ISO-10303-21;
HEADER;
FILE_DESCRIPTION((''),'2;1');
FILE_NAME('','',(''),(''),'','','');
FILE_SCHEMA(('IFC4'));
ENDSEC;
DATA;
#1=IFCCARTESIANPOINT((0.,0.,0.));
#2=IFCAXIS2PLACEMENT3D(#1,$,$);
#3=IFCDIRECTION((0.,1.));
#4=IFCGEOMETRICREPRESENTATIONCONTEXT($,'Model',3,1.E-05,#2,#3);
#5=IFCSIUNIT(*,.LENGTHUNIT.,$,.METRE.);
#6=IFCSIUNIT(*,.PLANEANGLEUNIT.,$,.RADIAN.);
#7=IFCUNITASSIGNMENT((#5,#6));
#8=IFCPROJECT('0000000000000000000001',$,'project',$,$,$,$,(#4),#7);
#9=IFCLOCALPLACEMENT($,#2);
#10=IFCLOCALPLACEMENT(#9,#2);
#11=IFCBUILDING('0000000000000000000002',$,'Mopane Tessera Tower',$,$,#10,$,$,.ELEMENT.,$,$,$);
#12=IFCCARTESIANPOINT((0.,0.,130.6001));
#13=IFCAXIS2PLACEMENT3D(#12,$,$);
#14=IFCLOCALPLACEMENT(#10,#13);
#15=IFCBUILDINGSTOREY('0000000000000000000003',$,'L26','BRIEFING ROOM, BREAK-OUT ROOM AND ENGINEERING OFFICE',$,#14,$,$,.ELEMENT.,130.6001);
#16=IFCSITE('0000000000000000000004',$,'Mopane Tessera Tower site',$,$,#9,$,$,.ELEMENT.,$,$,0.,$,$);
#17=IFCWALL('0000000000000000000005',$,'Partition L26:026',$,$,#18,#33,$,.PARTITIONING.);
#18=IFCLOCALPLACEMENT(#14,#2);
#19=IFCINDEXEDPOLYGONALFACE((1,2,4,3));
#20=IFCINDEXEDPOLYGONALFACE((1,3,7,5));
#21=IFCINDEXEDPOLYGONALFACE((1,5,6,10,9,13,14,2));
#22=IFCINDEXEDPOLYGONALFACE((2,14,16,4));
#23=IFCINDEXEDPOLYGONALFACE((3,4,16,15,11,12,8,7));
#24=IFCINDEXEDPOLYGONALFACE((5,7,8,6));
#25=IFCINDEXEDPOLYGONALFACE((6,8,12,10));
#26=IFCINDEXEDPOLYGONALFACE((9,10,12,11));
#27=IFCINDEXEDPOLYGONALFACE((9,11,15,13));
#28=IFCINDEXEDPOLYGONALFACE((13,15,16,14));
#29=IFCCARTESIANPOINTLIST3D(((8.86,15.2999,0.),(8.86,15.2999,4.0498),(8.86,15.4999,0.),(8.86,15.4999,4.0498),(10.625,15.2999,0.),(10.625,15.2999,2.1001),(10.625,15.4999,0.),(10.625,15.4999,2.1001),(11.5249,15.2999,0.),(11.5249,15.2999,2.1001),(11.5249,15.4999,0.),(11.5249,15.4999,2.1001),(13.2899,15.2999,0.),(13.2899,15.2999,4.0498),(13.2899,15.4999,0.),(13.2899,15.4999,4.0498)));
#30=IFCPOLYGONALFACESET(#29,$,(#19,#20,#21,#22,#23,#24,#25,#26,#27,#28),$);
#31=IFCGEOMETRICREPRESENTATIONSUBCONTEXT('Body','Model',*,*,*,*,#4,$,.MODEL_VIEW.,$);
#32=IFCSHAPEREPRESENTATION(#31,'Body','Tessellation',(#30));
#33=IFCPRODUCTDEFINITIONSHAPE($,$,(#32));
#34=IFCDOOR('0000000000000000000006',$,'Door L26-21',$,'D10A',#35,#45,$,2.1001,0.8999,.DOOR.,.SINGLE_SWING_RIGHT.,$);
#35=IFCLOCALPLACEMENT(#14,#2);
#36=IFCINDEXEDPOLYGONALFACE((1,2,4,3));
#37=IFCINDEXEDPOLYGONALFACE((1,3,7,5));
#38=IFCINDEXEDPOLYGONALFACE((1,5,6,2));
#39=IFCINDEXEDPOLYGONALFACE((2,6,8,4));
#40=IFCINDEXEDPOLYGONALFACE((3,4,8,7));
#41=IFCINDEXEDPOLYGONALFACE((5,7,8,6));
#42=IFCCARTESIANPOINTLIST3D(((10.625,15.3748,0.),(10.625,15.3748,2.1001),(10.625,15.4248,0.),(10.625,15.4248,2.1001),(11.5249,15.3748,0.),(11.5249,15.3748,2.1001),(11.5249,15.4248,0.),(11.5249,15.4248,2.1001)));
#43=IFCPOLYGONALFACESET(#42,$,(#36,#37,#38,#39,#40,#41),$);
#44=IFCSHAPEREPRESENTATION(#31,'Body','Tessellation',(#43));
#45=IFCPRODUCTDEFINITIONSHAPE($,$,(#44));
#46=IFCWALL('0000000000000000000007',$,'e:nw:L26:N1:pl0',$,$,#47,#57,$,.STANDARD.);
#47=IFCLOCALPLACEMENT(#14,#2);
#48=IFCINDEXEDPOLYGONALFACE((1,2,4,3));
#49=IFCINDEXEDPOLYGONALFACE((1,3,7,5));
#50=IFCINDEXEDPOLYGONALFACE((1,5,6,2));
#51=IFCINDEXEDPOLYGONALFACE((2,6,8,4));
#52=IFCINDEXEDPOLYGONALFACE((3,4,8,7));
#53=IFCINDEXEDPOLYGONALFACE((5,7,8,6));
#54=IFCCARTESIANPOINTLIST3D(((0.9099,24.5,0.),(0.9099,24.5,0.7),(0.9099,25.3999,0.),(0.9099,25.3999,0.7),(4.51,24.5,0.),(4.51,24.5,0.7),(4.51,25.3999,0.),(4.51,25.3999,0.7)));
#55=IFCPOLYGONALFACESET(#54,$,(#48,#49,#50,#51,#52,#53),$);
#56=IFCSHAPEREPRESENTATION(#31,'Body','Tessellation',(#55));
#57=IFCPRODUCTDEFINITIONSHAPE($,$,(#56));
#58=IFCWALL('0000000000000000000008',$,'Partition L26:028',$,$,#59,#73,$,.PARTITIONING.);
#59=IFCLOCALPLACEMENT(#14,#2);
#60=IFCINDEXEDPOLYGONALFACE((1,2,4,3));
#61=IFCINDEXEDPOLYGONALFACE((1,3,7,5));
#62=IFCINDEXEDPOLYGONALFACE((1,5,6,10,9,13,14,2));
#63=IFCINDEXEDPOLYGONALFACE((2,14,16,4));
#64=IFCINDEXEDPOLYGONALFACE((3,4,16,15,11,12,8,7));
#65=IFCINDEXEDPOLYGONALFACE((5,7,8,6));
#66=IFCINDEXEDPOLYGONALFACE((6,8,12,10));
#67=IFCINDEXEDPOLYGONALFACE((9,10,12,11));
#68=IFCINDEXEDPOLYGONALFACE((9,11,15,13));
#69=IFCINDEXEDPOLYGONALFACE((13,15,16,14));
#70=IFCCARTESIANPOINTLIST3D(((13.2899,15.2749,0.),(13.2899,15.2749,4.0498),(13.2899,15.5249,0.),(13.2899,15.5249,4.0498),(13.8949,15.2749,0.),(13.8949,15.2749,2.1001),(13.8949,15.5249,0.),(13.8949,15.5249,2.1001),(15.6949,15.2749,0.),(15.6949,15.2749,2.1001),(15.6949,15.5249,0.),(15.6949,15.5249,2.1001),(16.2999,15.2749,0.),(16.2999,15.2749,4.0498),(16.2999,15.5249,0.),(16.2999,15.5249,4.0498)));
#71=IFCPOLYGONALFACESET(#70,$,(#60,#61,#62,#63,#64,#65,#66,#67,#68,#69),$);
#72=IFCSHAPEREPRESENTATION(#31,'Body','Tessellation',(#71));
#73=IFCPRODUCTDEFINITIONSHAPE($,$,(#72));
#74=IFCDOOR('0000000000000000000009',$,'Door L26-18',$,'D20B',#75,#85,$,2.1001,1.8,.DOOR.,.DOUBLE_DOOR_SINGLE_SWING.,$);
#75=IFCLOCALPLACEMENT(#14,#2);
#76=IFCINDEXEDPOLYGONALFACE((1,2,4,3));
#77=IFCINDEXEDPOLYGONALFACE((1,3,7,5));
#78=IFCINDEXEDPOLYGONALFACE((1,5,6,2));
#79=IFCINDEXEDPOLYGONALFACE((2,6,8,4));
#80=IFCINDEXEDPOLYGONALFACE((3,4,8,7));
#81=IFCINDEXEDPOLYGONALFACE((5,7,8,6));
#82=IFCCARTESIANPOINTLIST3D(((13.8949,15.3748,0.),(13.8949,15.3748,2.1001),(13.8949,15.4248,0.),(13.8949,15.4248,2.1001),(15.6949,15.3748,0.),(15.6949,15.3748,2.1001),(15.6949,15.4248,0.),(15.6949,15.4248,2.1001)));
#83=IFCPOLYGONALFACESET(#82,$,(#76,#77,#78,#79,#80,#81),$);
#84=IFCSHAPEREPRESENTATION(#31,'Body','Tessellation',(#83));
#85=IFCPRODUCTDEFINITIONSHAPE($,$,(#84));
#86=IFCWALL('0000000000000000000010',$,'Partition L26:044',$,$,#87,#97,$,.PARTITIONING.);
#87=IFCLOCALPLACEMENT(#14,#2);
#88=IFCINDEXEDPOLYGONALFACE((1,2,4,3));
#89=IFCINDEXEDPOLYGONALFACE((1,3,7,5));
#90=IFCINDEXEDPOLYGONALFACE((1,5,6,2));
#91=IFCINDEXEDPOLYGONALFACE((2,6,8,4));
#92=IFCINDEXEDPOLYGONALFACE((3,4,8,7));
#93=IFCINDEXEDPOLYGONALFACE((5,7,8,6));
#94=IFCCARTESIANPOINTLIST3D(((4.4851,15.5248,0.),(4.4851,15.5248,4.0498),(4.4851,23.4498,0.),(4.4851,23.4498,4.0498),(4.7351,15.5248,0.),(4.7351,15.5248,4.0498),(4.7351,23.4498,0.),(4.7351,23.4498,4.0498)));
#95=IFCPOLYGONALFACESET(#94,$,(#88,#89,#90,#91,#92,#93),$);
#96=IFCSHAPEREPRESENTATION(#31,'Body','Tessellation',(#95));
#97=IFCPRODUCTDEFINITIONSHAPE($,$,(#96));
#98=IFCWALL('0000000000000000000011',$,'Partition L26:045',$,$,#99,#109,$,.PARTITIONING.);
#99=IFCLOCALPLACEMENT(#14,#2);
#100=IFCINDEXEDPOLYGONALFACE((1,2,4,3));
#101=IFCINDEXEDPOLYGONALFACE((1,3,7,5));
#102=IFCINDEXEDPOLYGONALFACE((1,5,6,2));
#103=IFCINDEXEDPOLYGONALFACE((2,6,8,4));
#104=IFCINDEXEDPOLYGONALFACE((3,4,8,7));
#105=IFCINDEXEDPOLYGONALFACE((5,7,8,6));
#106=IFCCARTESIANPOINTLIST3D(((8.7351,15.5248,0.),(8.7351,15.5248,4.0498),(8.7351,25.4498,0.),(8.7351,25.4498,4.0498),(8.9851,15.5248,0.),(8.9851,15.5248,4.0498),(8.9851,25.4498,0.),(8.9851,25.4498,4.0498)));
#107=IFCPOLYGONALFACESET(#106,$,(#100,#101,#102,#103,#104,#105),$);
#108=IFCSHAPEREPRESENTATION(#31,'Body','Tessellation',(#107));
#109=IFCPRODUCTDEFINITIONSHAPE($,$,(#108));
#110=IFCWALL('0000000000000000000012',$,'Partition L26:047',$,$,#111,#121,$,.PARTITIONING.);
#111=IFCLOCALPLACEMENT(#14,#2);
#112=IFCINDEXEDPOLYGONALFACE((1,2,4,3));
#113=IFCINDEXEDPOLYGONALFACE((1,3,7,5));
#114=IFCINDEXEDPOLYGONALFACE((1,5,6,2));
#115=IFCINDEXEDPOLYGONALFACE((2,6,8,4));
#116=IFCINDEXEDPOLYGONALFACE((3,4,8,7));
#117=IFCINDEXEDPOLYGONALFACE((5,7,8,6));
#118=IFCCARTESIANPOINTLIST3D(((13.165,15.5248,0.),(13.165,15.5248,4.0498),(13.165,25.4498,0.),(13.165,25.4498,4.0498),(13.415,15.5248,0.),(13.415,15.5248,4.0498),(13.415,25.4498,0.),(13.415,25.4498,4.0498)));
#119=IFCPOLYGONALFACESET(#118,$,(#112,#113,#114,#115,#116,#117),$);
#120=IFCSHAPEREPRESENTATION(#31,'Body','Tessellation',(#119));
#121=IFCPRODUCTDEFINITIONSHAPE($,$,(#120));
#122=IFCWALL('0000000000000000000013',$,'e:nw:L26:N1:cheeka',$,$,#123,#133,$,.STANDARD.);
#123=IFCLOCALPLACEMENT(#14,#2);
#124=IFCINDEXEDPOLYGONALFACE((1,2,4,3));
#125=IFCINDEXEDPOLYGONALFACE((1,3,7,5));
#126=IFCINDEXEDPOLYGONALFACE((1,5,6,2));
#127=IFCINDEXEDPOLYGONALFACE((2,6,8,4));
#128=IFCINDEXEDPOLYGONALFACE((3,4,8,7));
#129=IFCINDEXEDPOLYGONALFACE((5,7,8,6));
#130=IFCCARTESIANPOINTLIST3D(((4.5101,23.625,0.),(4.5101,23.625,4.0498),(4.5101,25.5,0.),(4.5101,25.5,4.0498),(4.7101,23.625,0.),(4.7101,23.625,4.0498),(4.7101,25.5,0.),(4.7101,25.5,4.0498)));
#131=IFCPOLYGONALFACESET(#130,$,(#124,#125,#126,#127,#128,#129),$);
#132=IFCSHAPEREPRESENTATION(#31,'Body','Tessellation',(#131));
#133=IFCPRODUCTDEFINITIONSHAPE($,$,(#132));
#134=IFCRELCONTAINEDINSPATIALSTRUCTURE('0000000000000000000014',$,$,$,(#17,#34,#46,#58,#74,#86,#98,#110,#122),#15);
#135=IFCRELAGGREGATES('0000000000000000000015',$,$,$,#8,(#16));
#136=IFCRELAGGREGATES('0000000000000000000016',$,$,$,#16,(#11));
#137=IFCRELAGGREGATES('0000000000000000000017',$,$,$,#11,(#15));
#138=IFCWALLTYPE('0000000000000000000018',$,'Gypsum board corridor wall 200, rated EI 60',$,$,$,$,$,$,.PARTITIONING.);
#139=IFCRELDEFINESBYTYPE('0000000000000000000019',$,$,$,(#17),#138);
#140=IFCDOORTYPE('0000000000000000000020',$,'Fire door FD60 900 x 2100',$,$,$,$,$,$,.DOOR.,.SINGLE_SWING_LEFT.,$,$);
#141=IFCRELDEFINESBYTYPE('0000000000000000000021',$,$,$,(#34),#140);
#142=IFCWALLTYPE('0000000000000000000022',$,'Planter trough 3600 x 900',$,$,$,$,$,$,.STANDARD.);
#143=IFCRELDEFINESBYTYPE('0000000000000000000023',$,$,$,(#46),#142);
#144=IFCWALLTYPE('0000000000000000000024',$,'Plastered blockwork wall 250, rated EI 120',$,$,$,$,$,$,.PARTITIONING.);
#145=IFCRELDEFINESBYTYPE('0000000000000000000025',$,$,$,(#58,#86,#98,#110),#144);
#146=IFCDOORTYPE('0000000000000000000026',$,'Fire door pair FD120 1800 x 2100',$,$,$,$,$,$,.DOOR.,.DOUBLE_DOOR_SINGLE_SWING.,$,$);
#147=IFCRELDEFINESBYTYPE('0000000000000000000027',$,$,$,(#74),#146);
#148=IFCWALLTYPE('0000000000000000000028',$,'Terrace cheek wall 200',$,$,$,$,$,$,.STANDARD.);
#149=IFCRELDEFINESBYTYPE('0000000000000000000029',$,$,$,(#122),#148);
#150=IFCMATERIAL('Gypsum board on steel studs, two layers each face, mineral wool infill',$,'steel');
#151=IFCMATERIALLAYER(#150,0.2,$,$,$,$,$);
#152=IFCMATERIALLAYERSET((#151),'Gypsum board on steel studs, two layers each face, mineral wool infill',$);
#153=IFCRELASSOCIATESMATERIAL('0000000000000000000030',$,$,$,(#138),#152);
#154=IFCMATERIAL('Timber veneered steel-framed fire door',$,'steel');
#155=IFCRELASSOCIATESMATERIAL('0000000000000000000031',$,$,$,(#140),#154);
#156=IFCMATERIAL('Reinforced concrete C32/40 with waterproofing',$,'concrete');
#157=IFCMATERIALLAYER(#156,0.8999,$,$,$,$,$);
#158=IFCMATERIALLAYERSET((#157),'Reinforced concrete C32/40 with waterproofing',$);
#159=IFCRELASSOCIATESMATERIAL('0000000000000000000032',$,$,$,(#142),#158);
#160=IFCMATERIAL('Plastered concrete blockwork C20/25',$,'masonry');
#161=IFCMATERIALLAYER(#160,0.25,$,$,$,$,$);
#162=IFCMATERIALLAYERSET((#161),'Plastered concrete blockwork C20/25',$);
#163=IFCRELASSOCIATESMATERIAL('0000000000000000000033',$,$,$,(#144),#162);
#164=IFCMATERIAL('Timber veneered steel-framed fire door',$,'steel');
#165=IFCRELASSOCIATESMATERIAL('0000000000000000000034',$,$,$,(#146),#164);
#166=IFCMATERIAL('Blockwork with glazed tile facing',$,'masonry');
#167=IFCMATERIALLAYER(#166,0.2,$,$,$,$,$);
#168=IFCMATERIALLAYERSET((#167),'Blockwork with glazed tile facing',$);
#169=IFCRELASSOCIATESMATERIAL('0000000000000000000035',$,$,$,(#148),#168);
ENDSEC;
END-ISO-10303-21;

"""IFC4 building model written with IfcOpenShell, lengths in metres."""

from ifc_helpers import new_model, si_unit, direction, frame, frame_2d, origin, place, context, subcontext, project, spatial, rectangle, extrude, material, layer, layer_set, type_object, element, fill, save


model = new_model("IFC4")

# Units and contexts
model_context = context("Model", 3, precision=1e-05, world=origin(), true_north=direction((0.0, 1.0)))
body_context = subcontext(model_context, "Body", "Model", "MODEL_VIEW")
ifc_project = project(units=[si_unit("LENGTHUNIT", "METRE"), si_unit("PLANEANGLEUNIT", "RADIAN")], contexts=[model_context])

# Site, building, storey
site_placement = place(None, origin())
site = spatial("IfcSite", under=ifc_project, at=site_placement, Name="Mopane Tessera Tower site", CompositionType="ELEMENT", RefElevation=0.0)
building_placement = place(site_placement, origin())
building = spatial("IfcBuilding", under=site, at=building_placement, Name="Mopane Tessera Tower", CompositionType="ELEMENT")
storey_placement = place(building_placement, frame((0.0, 0.0, 130.6001)))
storey = spatial("IfcBuildingStorey", under=building, at=storey_placement, Name="L26", Description="BRIEFING ROOM, BREAK-OUT ROOM AND ENGINEERING OFFICE", CompositionType="ELEMENT", Elevation=130.6001)

# Wall, opening, door
ifc_material_1 = material(Name="Gypsum board on steel studs, two layers each face, mineral wool infill", Category="steel")
ifc_layer_1 = layer(ifc_material_1, 0.2)
ifc_layer_set_1 = layer_set([ifc_layer_1], Name="Gypsum board on steel studs, two layers each face, mineral wool infill")
wall_type_1 = type_object("IfcWallType", Name="Gypsum board corridor wall 200, rated EI 60", PredefinedType="PARTITIONING", material=ifc_layer_set_1)
wall_1_placement = place(storey_placement, frame((8.8601, 15.3999, 0.0), z_axis=(0.0, 0.0, 1.0), x_axis=(1.0, 0.0, 0.0)))
wall_1 = element("IfcWall", 1, at=wall_1_placement, inside=storey, type_object=wall_type_1, Name="Partition L26:026", PredefinedType="PARTITIONING", context=body_context, shape_type="SweptSolid", body=[
    extrude(rectangle(XDim=4.4299, YDim=0.2, at=frame_2d((2.2148, 0.0))), origin(), (0.0, 0.0, 1.0), 4.0498),
])
opening_1_placement = place(wall_1_placement, frame((1.7649, 0.0, 0.0)))
opening_1 = element("IfcOpeningElement", 2, at=opening_1_placement, cuts=wall_1, PredefinedType="OPENING", context=body_context, shape_type="SweptSolid", body=[
    extrude(rectangle(XDim=0.8999, YDim=2.1001, at=frame_2d((0.45, 1.05))), frame((0.0, 0.1121, 0.0), z_axis=(0.0, -1.0, 0.0), x_axis=(1.0, 0.0, 0.0)), (0.0, 0.0, 1.0), 0.2239),
])
ifc_material_2 = material(Name="Timber veneered steel-framed fire door", Category="steel")
door_type_1 = type_object("IfcDoorType", Name="Fire door FD60 900 x 2100", OperationType="SINGLE_SWING_LEFT", PredefinedType="DOOR", material=ifc_material_2)
door_1_placement = place(opening_1_placement, origin())
door_1 = element("IfcDoor", 3, at=door_1_placement, inside=storey, type_object=door_type_1, Name="Door L26-21", ObjectType="D10A", OperationType="SINGLE_SWING_RIGHT", OverallHeight=2.1001, OverallWidth=0.8999, PredefinedType="DOOR", context=body_context, shape_type="SweptSolid", body=[
    extrude(rectangle(XDim=0.8999, YDim=2.1001, at=frame_2d((0.45, 1.05))), frame((0.0, 0.0249, 0.0), z_axis=(0.0, -1.0, 0.0), x_axis=(1.0, 0.0, 0.0)), (0.0, 0.0, 1.0), 0.05),
])
fill(opening_1, door_1)

# Wall
ifc_material_3 = material(Name="Reinforced concrete C32/40 with waterproofing", Category="concrete")
ifc_layer_2 = layer(ifc_material_3, 0.8999)
ifc_layer_set_2 = layer_set([ifc_layer_2], Name="Reinforced concrete C32/40 with waterproofing")
wall_type_2 = type_object("IfcWallType", Name="Planter trough 3600 x 900", PredefinedType="STANDARD", material=ifc_layer_set_2)
wall_2_placement = place(storey_placement, frame((4.51, 24.95, 0.0), z_axis=(0.0, 0.0, 1.0), x_axis=(-1.0, 0.0, 0.0)))
element("IfcWall", 4, at=wall_2_placement, inside=storey, type_object=wall_type_2, Name="e:nw:L26:N1:pl0", PredefinedType="STANDARD", context=body_context, shape_type="SweptSolid", body=[
    extrude(rectangle(XDim=3.6001, YDim=0.8999, at=frame_2d((1.8, 0.0))), origin(), (0.0, 0.0, 1.0), 0.7),
])

# Wall, opening, door
ifc_material_4 = material(Name="Plastered concrete blockwork C20/25", Category="masonry")
ifc_layer_3 = layer(ifc_material_4, 0.25)
ifc_layer_set_3 = layer_set([ifc_layer_3], Name="Plastered concrete blockwork C20/25")
wall_type_3 = type_object("IfcWallType", Name="Plastered blockwork wall 250, rated EI 120", PredefinedType="PARTITIONING", material=ifc_layer_set_3)
wall_3_placement = place(storey_placement, frame((13.29, 15.3999, 0.0), z_axis=(0.0, 0.0, 1.0), x_axis=(1.0, 0.0, 0.0)))
wall_3 = element("IfcWall", 5, at=wall_3_placement, inside=storey, type_object=wall_type_3, Name="Partition L26:028", PredefinedType="PARTITIONING", context=body_context, shape_type="SweptSolid", body=[
    extrude(rectangle(XDim=3.01, YDim=0.25, at=frame_2d((1.5049, 0.0))), origin(), (0.0, 0.0, 1.0), 4.0498),
])
opening_2_placement = place(wall_3_placement, frame((0.605, 0.0, 0.0)))
opening_2 = element("IfcOpeningElement", 6, at=opening_2_placement, cuts=wall_3, PredefinedType="OPENING", context=body_context, shape_type="SweptSolid", body=[
    extrude(rectangle(XDim=1.8, YDim=2.1001, at=frame_2d((0.8999, 1.05))), frame((0.0, 0.137, 0.0), z_axis=(0.0, -1.0, 0.0), x_axis=(1.0, 0.0, 0.0)), (0.0, 0.0, 1.0), 0.2739),
])
ifc_material_5 = material(Name="Timber veneered steel-framed fire door", Category="steel")
door_type_2 = type_object("IfcDoorType", Name="Fire door pair FD120 1800 x 2100", OperationType="DOUBLE_DOOR_SINGLE_SWING", PredefinedType="DOOR", material=ifc_material_5)
door_2_placement = place(opening_2_placement, origin())
door_2 = element("IfcDoor", 7, at=door_2_placement, inside=storey, type_object=door_type_2, Name="Door L26-18", ObjectType="D20B", OperationType="DOUBLE_DOOR_SINGLE_SWING", OverallHeight=2.1001, OverallWidth=1.8, PredefinedType="DOOR", context=body_context, shape_type="SweptSolid", body=[
    extrude(rectangle(XDim=1.8, YDim=2.1001, at=frame_2d((0.8999, 1.05))), frame((0.0, 0.0249, 0.0), z_axis=(0.0, -1.0, 0.0), x_axis=(1.0, 0.0, 0.0)), (0.0, 0.0, 1.0), 0.05),
])
fill(opening_2, door_2)

# Walls
wall_4_placement = place(storey_placement, frame((4.6101, 15.5249, 0.0), z_axis=(0.0, 0.0, 1.0), x_axis=(0.0, 1.0, 0.0)))
element("IfcWall", 8, at=wall_4_placement, inside=storey, type_object=wall_type_3, Name="Partition L26:044", PredefinedType="PARTITIONING", context=body_context, shape_type="SweptSolid", body=[
    extrude(rectangle(XDim=7.925, YDim=0.25, at=frame_2d((3.9624, 0.0))), origin(), (0.0, 0.0, 1.0), 4.0498),
])
for number, where, z_axis, x_axis, name in (
    (9, (8.8601, 15.5249, 0.0), (0.0, 0.0, 1.0), (0.0, 1.0, 0.0), "Partition L26:045"),
    (10, (13.29, 15.5249, 0.0), (0.0, 0.0, 1.0), (0.0, 1.0, 0.0), "Partition L26:047"),
):
    element("IfcWall", number, at=place(storey_placement, frame(where, z_axis=z_axis, x_axis=x_axis)), inside=storey, type_object=wall_type_3, Name=name, PredefinedType="PARTITIONING", context=body_context, shape_type="SweptSolid", body=[
        extrude(rectangle(XDim=9.925, YDim=0.25, at=frame_2d((4.9624, 0.0))), origin(), (0.0, 0.0, 1.0), 4.0498),
    ])
ifc_material_6 = material(Name="Blockwork with glazed tile facing", Category="masonry")
ifc_layer_4 = layer(ifc_material_6, 0.2)
ifc_layer_set_4 = layer_set([ifc_layer_4], Name="Blockwork with glazed tile facing")
wall_type_4 = type_object("IfcWallType", Name="Terrace cheek wall 200", PredefinedType="STANDARD", material=ifc_layer_set_4)
wall_5_placement = place(storey_placement, frame((4.6101, 25.5, 0.0), z_axis=(0.0, 0.0, 1.0), x_axis=(0.0, -1.0, 0.0)))
element("IfcWall", 11, at=wall_5_placement, inside=storey, type_object=wall_type_4, Name="e:nw:L26:N1:cheeka", PredefinedType="STANDARD", context=body_context, shape_type="SweptSolid", body=[
    extrude(rectangle(XDim=1.875, YDim=0.2, at=frame_2d((0.9375, 0.0))), origin(), (0.0, 0.0, 1.0), 4.0498),
])

save(model, "model.ifc")
